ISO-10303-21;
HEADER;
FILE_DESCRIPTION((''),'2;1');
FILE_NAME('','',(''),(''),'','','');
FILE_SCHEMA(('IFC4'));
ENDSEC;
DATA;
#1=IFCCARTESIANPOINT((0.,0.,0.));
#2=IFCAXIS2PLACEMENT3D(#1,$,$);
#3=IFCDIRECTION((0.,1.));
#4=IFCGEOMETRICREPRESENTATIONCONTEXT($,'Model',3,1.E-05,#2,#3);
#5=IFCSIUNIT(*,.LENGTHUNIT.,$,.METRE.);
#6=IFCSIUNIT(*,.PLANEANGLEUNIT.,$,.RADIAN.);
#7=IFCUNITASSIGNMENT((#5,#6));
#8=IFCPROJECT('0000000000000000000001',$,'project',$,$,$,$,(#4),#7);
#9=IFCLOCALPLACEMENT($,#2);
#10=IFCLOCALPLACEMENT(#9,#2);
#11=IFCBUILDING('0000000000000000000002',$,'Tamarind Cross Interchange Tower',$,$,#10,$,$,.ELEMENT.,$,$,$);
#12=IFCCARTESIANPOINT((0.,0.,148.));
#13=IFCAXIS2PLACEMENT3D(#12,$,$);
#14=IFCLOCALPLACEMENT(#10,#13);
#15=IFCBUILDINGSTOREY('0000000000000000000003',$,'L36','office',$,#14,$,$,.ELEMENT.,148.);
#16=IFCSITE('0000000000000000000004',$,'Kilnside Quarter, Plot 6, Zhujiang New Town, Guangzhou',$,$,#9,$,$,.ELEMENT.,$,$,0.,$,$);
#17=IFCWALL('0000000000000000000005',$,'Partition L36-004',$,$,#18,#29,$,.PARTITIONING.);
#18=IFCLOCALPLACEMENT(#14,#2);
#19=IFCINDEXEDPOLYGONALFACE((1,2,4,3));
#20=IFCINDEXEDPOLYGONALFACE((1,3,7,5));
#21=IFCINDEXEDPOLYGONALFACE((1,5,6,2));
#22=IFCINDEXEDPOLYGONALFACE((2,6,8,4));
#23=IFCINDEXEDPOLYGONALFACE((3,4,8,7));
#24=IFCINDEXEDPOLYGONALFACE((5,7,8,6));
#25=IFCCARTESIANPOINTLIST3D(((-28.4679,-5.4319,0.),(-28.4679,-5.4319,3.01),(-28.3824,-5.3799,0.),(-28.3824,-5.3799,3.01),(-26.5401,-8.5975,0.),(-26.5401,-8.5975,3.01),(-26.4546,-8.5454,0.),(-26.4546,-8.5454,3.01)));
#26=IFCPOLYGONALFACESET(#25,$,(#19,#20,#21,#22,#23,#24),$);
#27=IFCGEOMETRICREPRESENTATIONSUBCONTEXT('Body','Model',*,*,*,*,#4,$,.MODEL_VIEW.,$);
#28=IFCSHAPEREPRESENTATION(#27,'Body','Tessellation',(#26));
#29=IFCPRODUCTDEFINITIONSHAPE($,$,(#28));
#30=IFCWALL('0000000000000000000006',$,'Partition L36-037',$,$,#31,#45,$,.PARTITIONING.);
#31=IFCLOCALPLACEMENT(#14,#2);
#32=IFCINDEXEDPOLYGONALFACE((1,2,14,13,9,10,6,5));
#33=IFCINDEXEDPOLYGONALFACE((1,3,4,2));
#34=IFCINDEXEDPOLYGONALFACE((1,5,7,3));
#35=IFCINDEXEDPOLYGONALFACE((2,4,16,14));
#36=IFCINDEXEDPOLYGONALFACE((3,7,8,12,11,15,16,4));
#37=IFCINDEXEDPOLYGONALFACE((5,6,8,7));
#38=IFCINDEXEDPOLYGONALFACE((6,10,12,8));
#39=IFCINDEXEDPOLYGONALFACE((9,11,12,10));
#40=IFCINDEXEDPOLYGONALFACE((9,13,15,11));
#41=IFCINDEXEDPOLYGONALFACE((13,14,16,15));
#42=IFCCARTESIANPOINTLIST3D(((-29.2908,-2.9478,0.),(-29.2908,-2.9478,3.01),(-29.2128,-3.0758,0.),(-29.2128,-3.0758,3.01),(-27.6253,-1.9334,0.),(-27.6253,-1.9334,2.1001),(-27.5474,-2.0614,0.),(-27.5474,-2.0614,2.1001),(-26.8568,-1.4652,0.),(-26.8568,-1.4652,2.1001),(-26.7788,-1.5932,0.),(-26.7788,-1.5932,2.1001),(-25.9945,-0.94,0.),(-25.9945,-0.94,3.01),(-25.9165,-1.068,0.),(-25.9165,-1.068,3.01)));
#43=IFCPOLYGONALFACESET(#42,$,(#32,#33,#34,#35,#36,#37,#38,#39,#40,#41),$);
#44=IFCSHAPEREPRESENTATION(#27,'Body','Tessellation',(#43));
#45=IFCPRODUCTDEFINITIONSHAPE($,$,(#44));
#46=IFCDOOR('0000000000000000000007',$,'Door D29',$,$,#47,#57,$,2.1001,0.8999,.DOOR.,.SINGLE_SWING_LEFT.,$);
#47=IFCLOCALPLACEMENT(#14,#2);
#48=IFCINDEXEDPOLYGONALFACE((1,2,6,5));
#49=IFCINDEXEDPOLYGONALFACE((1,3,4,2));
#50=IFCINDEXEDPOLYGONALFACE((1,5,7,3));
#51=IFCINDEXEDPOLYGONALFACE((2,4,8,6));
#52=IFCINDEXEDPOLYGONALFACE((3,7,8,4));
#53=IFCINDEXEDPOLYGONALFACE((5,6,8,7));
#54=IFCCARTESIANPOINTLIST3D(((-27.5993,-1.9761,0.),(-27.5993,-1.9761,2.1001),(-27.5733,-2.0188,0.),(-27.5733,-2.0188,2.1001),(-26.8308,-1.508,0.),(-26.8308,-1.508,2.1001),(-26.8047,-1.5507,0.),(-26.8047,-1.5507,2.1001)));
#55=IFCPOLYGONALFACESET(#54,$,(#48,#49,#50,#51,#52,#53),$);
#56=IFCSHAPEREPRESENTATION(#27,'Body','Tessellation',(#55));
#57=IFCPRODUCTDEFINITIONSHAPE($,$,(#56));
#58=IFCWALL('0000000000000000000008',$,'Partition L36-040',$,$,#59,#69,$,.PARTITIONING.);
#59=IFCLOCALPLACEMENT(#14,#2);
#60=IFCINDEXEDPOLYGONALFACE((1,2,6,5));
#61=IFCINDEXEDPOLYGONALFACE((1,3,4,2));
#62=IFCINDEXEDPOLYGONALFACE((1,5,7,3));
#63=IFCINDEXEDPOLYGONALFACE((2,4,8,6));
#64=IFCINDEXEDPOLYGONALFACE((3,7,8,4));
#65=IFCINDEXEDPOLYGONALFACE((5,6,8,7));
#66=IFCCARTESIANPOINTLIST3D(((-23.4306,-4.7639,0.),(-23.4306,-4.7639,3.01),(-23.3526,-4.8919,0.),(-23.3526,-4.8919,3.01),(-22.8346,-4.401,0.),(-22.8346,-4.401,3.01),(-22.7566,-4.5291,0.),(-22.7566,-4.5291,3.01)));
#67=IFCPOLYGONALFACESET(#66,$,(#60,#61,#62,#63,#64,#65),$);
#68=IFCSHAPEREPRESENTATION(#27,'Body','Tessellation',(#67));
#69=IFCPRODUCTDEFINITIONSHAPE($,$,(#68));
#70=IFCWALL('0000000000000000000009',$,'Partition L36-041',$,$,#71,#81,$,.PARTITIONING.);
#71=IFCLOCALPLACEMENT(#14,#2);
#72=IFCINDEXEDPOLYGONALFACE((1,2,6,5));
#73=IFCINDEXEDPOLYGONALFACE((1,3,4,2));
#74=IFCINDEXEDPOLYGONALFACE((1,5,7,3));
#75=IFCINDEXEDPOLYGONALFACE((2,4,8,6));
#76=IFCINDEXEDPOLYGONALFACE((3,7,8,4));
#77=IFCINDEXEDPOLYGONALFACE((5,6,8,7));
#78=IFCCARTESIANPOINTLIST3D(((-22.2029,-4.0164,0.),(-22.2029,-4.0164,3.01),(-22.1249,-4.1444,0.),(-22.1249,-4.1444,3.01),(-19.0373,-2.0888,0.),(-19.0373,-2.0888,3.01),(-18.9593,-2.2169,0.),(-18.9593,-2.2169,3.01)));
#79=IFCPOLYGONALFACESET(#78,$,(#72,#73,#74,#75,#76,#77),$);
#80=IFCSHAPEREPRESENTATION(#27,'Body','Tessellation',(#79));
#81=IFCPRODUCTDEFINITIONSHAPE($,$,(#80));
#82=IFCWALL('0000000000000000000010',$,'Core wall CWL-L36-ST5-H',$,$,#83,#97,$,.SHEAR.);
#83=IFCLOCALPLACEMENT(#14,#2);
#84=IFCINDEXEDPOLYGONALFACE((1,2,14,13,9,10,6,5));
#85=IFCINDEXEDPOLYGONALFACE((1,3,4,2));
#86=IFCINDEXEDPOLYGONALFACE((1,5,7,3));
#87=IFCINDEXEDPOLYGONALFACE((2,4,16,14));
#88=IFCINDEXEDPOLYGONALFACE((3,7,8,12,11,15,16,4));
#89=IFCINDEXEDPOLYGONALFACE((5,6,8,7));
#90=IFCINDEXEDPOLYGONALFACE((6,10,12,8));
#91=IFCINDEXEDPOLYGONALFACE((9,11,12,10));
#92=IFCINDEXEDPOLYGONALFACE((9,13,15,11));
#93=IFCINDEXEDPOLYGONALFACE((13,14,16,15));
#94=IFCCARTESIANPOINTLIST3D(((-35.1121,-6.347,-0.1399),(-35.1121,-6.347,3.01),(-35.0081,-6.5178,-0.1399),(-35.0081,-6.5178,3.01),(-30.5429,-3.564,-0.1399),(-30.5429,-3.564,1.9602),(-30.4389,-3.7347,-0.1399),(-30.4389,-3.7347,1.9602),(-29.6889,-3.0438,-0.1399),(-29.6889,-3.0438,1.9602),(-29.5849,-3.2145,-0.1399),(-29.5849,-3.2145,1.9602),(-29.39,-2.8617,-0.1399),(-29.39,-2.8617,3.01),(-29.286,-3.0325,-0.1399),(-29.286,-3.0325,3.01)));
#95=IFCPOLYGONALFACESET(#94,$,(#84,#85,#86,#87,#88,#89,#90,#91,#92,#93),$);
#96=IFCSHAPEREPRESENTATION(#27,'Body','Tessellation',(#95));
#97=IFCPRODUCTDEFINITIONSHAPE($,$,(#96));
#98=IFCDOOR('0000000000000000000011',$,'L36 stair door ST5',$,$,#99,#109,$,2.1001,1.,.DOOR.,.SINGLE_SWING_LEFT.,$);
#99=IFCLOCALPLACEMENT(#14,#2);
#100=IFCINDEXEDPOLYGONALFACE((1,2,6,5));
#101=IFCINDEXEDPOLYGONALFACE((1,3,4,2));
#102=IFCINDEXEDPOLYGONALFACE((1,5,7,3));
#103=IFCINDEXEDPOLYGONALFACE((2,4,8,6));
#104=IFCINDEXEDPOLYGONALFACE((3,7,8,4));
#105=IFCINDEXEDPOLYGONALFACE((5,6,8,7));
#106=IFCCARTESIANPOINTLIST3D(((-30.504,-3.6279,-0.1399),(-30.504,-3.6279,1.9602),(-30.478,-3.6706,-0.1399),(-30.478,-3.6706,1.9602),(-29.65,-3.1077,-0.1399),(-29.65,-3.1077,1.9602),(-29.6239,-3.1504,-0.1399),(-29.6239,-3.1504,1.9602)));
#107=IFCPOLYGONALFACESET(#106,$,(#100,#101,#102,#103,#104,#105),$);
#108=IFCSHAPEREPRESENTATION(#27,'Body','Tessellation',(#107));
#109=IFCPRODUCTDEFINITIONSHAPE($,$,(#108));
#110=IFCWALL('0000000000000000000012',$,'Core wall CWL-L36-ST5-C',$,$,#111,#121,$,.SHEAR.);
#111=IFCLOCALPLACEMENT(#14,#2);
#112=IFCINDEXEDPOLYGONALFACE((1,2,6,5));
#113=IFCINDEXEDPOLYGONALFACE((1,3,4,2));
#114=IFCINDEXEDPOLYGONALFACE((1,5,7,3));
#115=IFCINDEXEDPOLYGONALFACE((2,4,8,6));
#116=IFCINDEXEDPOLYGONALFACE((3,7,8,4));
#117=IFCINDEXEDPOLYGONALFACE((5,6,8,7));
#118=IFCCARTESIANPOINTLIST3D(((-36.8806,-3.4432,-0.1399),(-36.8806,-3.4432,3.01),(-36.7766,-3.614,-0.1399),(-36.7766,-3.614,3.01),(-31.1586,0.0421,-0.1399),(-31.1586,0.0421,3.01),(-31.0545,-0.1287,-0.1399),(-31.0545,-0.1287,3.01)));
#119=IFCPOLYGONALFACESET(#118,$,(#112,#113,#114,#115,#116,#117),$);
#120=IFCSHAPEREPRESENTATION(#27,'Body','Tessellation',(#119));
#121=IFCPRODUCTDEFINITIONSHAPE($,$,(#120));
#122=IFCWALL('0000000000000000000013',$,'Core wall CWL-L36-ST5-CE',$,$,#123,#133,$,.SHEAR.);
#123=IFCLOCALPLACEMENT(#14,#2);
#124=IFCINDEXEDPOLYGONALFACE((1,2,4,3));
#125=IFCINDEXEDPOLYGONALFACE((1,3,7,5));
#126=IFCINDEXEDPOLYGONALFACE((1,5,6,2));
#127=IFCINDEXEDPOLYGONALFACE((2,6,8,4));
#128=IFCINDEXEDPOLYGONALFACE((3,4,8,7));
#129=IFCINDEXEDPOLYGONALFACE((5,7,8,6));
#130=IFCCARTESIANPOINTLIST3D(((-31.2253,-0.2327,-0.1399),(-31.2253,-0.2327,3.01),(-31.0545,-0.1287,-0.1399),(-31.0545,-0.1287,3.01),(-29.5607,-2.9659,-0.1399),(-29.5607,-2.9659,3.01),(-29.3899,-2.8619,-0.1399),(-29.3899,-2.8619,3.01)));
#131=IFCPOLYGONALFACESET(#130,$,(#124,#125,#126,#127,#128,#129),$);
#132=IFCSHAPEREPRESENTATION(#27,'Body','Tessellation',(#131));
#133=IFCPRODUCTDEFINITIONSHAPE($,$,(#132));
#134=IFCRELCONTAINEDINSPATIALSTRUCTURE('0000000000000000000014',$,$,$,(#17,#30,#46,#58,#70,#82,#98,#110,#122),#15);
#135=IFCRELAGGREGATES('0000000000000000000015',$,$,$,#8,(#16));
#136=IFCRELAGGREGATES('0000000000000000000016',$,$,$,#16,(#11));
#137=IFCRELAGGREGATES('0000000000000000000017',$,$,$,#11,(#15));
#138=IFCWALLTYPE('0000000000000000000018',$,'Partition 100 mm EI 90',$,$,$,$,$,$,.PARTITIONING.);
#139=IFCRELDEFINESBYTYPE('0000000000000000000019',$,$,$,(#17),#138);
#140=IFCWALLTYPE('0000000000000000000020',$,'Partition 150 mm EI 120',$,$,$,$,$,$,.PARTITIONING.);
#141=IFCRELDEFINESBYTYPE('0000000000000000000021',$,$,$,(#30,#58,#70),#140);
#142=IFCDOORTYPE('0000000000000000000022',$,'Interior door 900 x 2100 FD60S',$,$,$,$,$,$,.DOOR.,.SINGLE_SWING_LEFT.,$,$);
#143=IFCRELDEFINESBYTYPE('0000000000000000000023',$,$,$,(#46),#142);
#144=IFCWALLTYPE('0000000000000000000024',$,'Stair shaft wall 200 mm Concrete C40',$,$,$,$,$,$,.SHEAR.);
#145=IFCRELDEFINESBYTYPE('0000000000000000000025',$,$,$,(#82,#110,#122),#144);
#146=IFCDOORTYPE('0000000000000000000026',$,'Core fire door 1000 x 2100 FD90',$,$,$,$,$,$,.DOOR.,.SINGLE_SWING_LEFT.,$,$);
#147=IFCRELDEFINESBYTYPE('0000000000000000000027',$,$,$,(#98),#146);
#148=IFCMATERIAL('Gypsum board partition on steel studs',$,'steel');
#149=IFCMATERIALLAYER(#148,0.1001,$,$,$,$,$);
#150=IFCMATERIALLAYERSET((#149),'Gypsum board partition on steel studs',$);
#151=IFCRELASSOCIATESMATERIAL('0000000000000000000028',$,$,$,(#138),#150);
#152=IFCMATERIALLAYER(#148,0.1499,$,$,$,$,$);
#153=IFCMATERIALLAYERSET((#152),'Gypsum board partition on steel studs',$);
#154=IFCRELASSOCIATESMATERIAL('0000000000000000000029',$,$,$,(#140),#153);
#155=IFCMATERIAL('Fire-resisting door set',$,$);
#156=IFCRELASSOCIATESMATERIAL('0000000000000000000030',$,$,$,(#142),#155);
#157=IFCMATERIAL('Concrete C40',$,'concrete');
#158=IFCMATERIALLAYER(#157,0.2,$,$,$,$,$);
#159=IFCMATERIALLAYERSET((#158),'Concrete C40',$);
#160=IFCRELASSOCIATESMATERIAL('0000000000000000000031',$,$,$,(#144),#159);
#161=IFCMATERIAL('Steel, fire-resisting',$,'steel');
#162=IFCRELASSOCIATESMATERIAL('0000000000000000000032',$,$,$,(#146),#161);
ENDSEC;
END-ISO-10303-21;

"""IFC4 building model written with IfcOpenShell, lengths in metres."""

from ifc_helpers import new_model, si_unit, direction, frame, frame_2d, origin, place, context, subcontext, project, spatial, rectangle, extrude, material, layer, layer_set, type_object, element, fill, save


model = new_model("IFC4")

# Units and contexts
model_context = context("Model", 3, precision=1e-05, world=origin(), true_north=direction((0.0, 1.0)))
body_context = subcontext(model_context, "Body", "Model", "MODEL_VIEW")
ifc_project = project(units=[si_unit("LENGTHUNIT", "METRE"), si_unit("PLANEANGLEUNIT", "RADIAN")], contexts=[model_context])

# Site, building, storey
site_placement = place(None, origin())
site = spatial("IfcSite", under=ifc_project, at=site_placement, Name="Kilnside Quarter, Plot 6, Zhujiang New Town, Guangzhou", CompositionType="ELEMENT", RefElevation=0.0)
building_placement = place(site_placement, origin())
building = spatial("IfcBuilding", under=site, at=building_placement, Name="Tamarind Cross Interchange Tower", CompositionType="ELEMENT")
storey_placement = place(building_placement, frame((0.0, 0.0, 148.0)))
storey = spatial("IfcBuildingStorey", under=building, at=storey_placement, Name="L36", Description="office", CompositionType="ELEMENT", Elevation=148.0)

# Wall
ifc_material_1 = material(Name="Gypsum board partition on steel studs", Category="steel")
ifc_layer_1 = layer(ifc_material_1, 0.1001)
ifc_layer_set_1 = layer_set([ifc_layer_1], Name="Gypsum board partition on steel studs")
wall_type_1 = type_object("IfcWallType", Name="Partition 100 mm EI 90", PredefinedType="PARTITIONING", material=ifc_layer_set_1)
wall_1_placement = place(storey_placement, frame((-28.425, -5.406, 0.0), z_axis=(0.0, 0.0, 1.0), x_axis=(0.520122, -0.854092, 0.0)))
element("IfcWall", 1, at=wall_1_placement, inside=storey, type_object=wall_type_1, Name="Partition L36-004", PredefinedType="PARTITIONING", context=body_context, shape_type="SweptSolid", body=[
    extrude(rectangle(XDim=3.7063, YDim=0.1001, at=frame_2d((1.853, 0.0))), origin(), (0.0, 0.0, 1.0), 3.01),
])

# Wall, opening, door
ifc_layer_2 = layer(ifc_material_1, 0.1499)
ifc_layer_set_2 = layer_set([ifc_layer_2], Name="Gypsum board partition on steel studs")
wall_type_2 = type_object("IfcWallType", Name="Partition 150 mm EI 120", PredefinedType="PARTITIONING", material=ifc_layer_set_2)
wall_2_placement = place(storey_placement, frame((-29.2517, -3.0117, 0.0), z_axis=(0.0, 0.0, 1.0), x_axis=(0.854047, 0.520196, 0.0)))
wall_2 = element("IfcWall", 2, at=wall_2_placement, inside=storey, type_object=wall_type_2, Name="Partition L36-037", PredefinedType="PARTITIONING", context=body_context, shape_type="SweptSolid", body=[
    extrude(rectangle(XDim=3.8596, YDim=0.1499, at=frame_2d((1.9297, 0.0))), origin(), (0.0, 0.0, 1.0), 3.01),
])
opening_1_placement = place(wall_2_placement, frame((1.95, 0.0, 0.0)))
opening_1 = element("IfcOpeningElement", 3, at=opening_1_placement, cuts=wall_2, PredefinedType="OPENING", context=body_context, shape_type="SweptSolid", body=[
    extrude(rectangle(XDim=0.8999, YDim=2.1001, at=frame_2d((0.45, 1.05))), frame((0.0, 0.085, 0.0), z_axis=(0.0, -1.0, 0.0), x_axis=(1.0, 0.0, 0.0)), (0.0, 0.0, 1.0), 0.1699),
])
ifc_material_2 = material(Name="Fire-resisting door set")
door_type_1 = type_object("IfcDoorType", Name="Interior door 900 x 2100 FD60S", OperationType="SINGLE_SWING_LEFT", PredefinedType="DOOR", material=ifc_material_2)
door_1_placement = place(opening_1_placement, origin())
door_1 = element("IfcDoor", 4, at=door_1_placement, inside=storey, type_object=door_type_1, Name="Door D29", OperationType="SINGLE_SWING_LEFT", OverallHeight=2.1001, OverallWidth=0.8999, PredefinedType="DOOR", context=body_context, shape_type="SweptSolid", body=[
    extrude(rectangle(XDim=0.8999, YDim=2.1001, at=frame_2d((0.45, 1.05))), frame((0.0, 0.0249, 0.0), z_axis=(0.0, -1.0, 0.0), x_axis=(1.0, 0.0, 0.0)), (0.0, 0.0, 1.0), 0.05),
])
fill(opening_1, door_1)

# Walls
wall_3_placement = place(storey_placement, frame((-23.3916, -4.8279, 0.0), z_axis=(0.0, 0.0, 1.0), x_axis=(0.854172, 0.519991, 0.0)))
element("IfcWall", 5, at=wall_3_placement, inside=storey, type_object=wall_type_2, Name="Partition L36-040", PredefinedType="PARTITIONING", context=body_context, shape_type="SweptSolid", body=[
    extrude(rectangle(XDim=0.6978, YDim=0.1499, at=frame_2d((0.3489, 0.0))), origin(), (0.0, 0.0, 1.0), 3.01),
])
wall_4_placement = place(storey_placement, frame((-22.1638, -4.0803, 0.0), z_axis=(0.0, 0.0, 1.0), x_axis=(0.854121, 0.520074, 0.0)))
element("IfcWall", 6, at=wall_4_placement, inside=storey, type_object=wall_type_2, Name="Partition L36-041", PredefinedType="PARTITIONING", context=body_context, shape_type="SweptSolid", body=[
    extrude(rectangle(XDim=3.7063, YDim=0.1499, at=frame_2d((1.853, 0.0))), origin(), (0.0, 0.0, 1.0), 3.01),
])

# Wall, opening, door
ifc_material_3 = material(Name="Concrete C40", Category="concrete")
ifc_layer_3 = layer(ifc_material_3, 0.2)
ifc_layer_set_3 = layer_set([ifc_layer_3], Name="Concrete C40")
wall_type_3 = type_object("IfcWallType", Name="Stair shaft wall 200 mm Concrete C40", PredefinedType="SHEAR", material=ifc_layer_set_3)
wall_5_placement = place(storey_placement, frame((-29.3379, -2.947, -0.1399), z_axis=(0.0, 0.0, 1.0), x_axis=(-0.854047, -0.520197, 0.0)))
wall_5 = element("IfcWall", 7, at=wall_5_placement, inside=storey, type_object=wall_type_3, Name="Core wall CWL-L36-ST5-H", PredefinedType="SHEAR", context=body_context, shape_type="SweptSolid", body=[
    extrude(rectangle(XDim=6.7, YDim=0.2, at=frame_2d((3.3501, 0.0))), origin(), (0.0, 0.0, 1.0), 3.1499),
])
opening_2_placement = place(wall_5_placement, frame((0.3501, 0.0, 0.0)))
opening_2 = element("IfcOpeningElement", 8, at=opening_2_placement, cuts=wall_5, PredefinedType="OPENING", context=body_context, shape_type="SweptSolid", body=[
    extrude(rectangle(XDim=1.0, YDim=2.1001, at=frame_2d((0.5, 1.05))), frame((0.0, 0.1099, 0.0), z_axis=(0.0, -1.0, 0.0), x_axis=(1.0, 0.0, 0.0)), (0.0, 0.0, 1.0), 0.22),
])
ifc_material_4 = material(Name="Steel, fire-resisting", Category="steel")
door_type_2 = type_object("IfcDoorType", Name="Core fire door 1000 x 2100 FD90", OperationType="SINGLE_SWING_LEFT", PredefinedType="DOOR", material=ifc_material_4)
door_2_placement = place(opening_2_placement, origin())
door_2 = element("IfcDoor", 9, at=door_2_placement, inside=storey, type_object=door_type_2, Name="L36 stair door ST5", OperationType="SINGLE_SWING_LEFT", OverallHeight=2.1001, OverallWidth=1.0, PredefinedType="DOOR", context=body_context, shape_type="SweptSolid", body=[
    extrude(rectangle(XDim=1.0, YDim=2.1001, at=frame_2d((0.5, 1.05))), frame((0.0, 0.0249, 0.0), z_axis=(0.0, -1.0, 0.0), x_axis=(1.0, 0.0, 0.0)), (0.0, 0.0, 1.0), 0.05),
])
fill(opening_2, door_2)

# Walls
wall_6_placement = place(storey_placement, frame((-31.1064, -0.0432, -0.1399), z_axis=(0.0, 0.0, 1.0), x_axis=(-0.854047, -0.520197, 0.0)))
element("IfcWall", 10, at=wall_6_placement, inside=storey, type_object=wall_type_3, Name="Core wall CWL-L36-ST5-C", PredefinedType="SHEAR", context=body_context, shape_type="SweptSolid", body=[
    extrude(rectangle(XDim=6.7, YDim=0.2, at=frame_2d((3.3501, 0.0))), origin(), (0.0, 0.0, 1.0), 3.1499),
])
wall_7_placement = place(storey_placement, frame((-31.1399, -0.1807, -0.1399), z_axis=(0.0, 0.0, 1.0), x_axis=(0.52015, -0.854075, 0.0)))
element("IfcWall", 11, at=wall_7_placement, inside=storey, type_object=wall_type_3, Name="Core wall CWL-L36-ST5-CE", PredefinedType="SHEAR", context=body_context, shape_type="SweptSolid", body=[
    extrude(rectangle(XDim=3.2002, YDim=0.2, at=frame_2d((1.6001, 0.0))), origin(), (0.0, 0.0, 1.0), 3.1499),
])

save(model, "model.ifc")
